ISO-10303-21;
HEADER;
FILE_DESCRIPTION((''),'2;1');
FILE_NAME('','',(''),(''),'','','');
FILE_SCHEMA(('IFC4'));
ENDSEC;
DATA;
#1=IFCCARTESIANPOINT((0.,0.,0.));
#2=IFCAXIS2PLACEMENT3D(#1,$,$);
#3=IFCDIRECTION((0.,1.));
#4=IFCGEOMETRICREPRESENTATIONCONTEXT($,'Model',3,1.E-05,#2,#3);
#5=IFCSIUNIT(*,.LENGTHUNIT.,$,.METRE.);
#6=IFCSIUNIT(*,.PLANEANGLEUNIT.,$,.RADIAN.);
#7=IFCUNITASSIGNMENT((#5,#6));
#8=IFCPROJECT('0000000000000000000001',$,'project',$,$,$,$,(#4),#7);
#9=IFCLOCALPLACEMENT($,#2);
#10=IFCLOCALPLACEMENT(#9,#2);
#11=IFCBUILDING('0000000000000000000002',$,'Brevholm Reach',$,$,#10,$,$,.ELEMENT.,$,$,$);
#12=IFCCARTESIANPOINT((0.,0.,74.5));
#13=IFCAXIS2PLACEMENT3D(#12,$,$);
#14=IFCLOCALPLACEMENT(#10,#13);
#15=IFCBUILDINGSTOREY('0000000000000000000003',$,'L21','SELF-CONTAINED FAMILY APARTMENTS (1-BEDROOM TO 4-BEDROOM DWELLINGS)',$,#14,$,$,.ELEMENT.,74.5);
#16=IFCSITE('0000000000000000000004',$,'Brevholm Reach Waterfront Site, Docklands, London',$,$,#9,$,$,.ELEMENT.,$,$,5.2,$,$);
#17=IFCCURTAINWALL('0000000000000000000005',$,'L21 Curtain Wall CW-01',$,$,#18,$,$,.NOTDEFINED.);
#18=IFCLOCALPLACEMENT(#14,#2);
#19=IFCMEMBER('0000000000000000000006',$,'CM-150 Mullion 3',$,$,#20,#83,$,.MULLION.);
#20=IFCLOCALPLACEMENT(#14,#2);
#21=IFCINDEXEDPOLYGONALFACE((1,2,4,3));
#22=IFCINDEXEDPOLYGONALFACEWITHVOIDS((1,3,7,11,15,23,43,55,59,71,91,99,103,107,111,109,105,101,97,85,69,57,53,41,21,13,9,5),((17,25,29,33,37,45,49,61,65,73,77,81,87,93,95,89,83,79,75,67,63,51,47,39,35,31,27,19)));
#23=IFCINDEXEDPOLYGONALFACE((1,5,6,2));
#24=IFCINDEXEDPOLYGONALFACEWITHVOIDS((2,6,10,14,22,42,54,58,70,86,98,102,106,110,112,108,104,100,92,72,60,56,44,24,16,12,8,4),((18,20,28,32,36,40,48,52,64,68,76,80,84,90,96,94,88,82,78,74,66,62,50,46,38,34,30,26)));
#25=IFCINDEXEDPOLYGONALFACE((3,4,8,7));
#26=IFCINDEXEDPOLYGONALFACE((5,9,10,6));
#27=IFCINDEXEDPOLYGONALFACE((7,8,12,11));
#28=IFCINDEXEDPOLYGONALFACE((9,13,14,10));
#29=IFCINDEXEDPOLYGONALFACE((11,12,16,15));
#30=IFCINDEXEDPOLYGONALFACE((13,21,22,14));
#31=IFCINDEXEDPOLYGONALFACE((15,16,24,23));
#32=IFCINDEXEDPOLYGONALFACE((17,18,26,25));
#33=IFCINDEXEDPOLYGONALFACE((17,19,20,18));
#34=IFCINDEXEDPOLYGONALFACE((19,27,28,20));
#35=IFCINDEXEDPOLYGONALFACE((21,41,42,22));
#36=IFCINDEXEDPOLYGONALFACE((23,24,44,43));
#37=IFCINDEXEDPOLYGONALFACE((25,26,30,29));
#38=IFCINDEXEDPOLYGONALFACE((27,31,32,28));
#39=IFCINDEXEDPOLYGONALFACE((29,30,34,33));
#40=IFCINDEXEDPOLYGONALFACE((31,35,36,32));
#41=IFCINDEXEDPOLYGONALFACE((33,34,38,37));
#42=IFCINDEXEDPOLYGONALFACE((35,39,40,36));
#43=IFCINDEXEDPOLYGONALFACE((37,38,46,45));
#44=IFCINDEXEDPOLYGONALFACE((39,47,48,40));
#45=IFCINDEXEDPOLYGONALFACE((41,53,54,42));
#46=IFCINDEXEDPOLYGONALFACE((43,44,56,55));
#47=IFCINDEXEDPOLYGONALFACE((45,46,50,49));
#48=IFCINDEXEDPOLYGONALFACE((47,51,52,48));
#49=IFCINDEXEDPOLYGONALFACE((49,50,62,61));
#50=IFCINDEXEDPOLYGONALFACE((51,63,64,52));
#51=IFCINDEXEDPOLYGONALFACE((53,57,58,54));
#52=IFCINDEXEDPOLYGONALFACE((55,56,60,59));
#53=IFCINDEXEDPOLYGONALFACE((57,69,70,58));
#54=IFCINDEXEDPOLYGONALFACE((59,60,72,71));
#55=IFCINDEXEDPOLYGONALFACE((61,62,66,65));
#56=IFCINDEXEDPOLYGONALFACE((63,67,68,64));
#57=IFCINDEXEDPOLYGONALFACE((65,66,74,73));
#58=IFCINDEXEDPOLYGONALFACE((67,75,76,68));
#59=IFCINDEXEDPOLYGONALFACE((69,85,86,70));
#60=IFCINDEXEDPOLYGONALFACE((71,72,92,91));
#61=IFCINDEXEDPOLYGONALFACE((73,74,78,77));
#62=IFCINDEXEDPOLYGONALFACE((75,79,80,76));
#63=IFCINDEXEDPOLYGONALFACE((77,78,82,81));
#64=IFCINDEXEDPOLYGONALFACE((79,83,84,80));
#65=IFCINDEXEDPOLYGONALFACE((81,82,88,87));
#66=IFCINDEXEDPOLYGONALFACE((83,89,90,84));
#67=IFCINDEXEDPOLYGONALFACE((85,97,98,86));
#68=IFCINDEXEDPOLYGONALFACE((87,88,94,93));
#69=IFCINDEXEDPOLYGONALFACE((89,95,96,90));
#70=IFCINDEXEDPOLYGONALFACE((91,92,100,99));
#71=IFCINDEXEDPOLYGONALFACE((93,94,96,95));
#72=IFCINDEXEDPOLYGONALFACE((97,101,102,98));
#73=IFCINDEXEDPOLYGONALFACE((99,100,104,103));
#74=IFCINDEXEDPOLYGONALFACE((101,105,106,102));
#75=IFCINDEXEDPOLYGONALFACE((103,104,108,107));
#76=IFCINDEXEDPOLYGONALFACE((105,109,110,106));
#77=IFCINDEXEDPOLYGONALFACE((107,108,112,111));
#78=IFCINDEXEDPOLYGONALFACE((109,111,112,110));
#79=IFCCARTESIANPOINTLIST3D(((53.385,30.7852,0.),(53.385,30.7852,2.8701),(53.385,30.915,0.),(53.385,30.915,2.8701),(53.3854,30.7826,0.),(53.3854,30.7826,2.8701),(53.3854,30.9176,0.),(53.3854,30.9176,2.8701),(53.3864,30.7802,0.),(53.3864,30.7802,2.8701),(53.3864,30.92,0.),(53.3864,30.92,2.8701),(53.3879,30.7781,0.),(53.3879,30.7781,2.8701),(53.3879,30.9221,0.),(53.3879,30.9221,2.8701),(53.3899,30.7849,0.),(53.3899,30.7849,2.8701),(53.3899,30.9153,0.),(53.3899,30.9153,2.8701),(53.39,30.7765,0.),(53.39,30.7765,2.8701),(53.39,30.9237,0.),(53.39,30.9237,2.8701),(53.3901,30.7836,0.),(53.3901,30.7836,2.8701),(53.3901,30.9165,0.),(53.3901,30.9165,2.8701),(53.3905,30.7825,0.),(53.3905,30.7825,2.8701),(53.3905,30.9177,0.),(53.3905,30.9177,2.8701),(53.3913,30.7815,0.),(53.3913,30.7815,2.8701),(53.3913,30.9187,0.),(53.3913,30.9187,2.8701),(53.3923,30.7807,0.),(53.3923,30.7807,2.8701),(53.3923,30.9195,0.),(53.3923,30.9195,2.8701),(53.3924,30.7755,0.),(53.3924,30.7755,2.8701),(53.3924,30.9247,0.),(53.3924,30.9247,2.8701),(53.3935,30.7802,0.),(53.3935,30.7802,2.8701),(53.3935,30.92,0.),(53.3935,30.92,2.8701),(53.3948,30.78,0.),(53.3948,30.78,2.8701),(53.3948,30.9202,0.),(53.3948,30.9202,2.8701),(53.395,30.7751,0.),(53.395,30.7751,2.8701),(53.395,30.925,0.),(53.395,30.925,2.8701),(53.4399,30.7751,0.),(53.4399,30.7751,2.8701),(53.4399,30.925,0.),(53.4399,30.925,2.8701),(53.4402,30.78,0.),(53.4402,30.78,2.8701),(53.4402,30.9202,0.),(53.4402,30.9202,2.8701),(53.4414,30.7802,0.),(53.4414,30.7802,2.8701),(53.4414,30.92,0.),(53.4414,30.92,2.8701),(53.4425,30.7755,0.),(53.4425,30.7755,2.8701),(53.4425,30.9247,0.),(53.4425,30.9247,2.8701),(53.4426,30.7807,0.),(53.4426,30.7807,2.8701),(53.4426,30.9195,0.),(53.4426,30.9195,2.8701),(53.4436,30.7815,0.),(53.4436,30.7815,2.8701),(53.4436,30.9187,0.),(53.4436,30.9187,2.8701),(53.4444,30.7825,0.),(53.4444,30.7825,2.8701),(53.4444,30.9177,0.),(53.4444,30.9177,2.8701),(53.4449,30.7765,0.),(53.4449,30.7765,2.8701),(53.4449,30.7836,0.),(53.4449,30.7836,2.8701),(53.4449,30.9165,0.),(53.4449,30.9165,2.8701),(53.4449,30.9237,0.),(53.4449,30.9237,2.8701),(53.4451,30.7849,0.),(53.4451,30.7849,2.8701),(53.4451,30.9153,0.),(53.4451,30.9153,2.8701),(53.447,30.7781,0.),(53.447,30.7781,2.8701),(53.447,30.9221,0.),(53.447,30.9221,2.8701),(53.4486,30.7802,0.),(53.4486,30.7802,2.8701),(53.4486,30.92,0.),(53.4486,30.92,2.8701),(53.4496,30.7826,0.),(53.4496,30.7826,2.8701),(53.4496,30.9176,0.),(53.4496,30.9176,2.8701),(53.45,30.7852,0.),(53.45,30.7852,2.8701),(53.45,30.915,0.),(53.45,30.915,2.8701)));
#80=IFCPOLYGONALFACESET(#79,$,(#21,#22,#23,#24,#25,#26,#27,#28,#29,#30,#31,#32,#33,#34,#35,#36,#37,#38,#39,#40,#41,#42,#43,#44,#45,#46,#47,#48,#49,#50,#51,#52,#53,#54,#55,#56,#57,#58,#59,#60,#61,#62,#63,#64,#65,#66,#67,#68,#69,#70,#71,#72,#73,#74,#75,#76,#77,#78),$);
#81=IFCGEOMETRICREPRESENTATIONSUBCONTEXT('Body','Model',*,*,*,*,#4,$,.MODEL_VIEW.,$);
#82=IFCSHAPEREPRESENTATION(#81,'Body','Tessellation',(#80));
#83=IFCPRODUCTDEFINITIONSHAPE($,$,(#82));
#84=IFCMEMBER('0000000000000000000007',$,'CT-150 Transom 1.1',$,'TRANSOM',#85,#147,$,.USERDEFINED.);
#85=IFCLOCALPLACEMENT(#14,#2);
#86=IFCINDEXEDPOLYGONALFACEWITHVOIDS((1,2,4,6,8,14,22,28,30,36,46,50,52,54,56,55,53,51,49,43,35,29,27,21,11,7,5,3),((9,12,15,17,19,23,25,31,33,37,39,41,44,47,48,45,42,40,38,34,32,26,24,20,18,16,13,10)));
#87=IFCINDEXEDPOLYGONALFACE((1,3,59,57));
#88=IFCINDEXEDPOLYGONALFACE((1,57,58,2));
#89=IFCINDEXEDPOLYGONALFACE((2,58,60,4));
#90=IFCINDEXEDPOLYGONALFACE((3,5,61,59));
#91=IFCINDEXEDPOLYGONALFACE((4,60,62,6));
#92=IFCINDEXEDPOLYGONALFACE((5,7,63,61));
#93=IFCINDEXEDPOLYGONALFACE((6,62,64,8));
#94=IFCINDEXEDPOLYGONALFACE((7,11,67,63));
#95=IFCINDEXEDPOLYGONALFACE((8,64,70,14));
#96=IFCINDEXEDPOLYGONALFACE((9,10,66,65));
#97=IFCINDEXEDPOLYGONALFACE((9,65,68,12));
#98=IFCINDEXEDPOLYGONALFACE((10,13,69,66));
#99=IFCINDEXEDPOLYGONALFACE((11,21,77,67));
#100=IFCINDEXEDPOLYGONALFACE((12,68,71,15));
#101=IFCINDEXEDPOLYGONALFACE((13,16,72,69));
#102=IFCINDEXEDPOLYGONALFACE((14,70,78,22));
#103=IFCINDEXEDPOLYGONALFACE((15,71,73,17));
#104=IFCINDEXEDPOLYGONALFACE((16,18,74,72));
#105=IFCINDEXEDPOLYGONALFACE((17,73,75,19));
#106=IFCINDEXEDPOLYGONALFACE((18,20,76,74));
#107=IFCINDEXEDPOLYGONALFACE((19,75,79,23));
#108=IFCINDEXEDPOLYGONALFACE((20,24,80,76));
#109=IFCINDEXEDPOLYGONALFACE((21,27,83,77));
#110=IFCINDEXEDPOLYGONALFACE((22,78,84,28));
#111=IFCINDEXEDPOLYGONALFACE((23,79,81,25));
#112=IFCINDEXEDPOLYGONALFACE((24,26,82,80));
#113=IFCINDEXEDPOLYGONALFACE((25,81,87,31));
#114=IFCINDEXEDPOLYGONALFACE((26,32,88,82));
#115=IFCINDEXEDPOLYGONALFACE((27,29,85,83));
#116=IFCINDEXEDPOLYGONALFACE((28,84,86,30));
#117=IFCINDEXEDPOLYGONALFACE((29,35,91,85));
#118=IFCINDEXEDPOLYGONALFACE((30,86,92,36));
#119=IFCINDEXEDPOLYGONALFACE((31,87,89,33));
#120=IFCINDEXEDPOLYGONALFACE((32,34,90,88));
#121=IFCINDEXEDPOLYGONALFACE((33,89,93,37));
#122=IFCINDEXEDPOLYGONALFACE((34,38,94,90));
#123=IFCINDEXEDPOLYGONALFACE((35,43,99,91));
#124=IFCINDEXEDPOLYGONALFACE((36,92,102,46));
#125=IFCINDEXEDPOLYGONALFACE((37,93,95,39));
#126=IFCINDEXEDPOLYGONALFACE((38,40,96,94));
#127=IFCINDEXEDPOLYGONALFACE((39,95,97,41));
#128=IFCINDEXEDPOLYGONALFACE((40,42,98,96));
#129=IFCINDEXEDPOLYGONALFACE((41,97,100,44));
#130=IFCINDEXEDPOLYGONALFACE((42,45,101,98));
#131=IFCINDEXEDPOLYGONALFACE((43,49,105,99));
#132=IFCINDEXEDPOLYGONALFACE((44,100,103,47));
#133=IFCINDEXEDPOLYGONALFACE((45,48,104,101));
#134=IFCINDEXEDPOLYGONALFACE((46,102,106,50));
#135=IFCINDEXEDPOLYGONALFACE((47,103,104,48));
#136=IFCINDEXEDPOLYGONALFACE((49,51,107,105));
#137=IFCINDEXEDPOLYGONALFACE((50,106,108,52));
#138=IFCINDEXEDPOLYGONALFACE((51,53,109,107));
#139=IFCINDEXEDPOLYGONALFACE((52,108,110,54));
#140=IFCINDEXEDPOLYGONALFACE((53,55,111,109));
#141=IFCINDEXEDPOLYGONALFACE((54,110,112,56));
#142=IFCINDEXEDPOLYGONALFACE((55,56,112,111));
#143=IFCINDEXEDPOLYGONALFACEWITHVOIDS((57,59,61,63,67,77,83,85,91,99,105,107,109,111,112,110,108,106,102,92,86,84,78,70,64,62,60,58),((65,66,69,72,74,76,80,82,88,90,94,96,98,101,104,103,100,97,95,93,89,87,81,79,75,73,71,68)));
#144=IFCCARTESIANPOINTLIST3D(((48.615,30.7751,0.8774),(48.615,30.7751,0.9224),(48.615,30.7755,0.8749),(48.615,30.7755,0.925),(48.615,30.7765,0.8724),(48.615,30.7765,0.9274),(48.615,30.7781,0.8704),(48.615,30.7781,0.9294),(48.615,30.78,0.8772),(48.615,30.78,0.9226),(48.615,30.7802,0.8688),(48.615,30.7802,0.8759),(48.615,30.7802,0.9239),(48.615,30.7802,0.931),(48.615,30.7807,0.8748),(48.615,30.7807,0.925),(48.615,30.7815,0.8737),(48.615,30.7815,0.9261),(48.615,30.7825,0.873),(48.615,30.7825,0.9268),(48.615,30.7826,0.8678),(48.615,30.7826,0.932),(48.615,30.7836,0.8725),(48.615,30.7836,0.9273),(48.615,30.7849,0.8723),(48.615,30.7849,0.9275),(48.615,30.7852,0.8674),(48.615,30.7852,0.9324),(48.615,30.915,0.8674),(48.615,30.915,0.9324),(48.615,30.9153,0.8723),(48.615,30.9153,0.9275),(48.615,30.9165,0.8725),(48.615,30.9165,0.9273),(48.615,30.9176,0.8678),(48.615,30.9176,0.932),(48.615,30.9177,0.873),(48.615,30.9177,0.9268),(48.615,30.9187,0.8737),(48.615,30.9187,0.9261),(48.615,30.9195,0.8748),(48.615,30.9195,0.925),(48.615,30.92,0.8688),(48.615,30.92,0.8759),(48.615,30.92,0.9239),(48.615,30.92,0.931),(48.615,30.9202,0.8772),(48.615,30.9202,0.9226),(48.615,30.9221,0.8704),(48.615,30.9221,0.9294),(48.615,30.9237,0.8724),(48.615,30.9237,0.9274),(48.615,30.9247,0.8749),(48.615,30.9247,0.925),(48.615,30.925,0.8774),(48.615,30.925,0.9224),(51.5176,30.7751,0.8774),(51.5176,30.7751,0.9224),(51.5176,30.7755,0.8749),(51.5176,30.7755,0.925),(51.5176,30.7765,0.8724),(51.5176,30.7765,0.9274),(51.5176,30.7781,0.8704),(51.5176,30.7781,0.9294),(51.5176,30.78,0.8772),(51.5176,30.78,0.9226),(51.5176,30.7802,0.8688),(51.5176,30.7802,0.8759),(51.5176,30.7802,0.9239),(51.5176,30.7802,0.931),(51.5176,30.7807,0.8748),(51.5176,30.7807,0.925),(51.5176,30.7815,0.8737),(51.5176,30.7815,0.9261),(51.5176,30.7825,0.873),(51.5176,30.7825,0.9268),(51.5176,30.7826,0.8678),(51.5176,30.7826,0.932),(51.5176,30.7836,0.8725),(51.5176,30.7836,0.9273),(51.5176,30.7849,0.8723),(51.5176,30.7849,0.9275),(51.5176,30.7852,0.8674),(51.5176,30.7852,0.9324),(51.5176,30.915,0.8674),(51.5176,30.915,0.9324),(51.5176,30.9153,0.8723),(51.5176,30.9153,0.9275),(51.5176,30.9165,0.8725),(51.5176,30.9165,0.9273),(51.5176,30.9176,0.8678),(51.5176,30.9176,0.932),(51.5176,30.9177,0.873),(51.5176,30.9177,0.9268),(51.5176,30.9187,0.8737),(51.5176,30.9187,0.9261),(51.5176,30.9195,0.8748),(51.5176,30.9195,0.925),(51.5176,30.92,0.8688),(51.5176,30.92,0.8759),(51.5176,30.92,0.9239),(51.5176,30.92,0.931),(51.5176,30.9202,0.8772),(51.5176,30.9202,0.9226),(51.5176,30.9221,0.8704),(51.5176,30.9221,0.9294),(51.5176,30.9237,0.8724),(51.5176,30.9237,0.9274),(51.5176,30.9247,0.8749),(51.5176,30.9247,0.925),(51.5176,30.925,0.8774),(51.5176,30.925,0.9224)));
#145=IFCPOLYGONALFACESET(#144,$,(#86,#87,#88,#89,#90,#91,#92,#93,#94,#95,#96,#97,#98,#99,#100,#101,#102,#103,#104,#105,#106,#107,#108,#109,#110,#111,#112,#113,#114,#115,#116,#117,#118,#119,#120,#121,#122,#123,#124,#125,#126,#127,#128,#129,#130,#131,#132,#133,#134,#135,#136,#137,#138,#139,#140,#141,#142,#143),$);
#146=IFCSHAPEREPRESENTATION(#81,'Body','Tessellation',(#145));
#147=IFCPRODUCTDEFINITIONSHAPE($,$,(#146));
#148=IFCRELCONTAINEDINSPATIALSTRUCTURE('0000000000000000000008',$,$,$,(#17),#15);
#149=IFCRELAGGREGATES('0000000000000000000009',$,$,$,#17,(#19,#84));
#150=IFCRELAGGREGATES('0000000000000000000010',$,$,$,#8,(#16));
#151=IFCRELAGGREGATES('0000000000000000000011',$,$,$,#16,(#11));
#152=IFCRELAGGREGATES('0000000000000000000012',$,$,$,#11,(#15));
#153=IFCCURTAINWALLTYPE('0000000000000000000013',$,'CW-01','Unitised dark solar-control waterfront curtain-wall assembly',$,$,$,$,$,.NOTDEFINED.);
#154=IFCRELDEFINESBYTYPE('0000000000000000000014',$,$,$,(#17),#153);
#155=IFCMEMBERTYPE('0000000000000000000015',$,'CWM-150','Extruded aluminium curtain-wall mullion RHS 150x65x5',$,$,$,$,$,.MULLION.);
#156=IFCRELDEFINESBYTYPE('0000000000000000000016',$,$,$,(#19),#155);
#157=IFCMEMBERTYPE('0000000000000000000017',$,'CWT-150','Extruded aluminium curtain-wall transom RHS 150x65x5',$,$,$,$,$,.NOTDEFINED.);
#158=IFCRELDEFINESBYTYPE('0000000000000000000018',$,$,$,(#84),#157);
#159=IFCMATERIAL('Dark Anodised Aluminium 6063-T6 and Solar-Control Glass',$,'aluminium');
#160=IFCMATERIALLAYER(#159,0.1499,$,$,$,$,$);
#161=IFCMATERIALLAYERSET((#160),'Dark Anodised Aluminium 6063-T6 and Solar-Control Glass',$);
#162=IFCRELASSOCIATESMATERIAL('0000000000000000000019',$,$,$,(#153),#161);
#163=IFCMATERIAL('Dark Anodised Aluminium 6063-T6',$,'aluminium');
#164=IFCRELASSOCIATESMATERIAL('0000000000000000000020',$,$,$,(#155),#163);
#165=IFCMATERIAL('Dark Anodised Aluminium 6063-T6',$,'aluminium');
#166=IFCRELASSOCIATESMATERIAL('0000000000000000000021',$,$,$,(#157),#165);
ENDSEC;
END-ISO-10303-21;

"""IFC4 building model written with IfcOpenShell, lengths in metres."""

from ifc_helpers import new_model, si_unit, direction, frame, origin, origin_2d, place, context, subcontext, project, spatial, hollow_rectangle, extrude, material, layer, layer_set, material_profile, profile_set, type_object, element, aggregate, save


model = new_model("IFC4")

# Units and contexts
model_context = context("Model", 3, precision=1e-05, world=origin(), true_north=direction((0.0, 1.0)))
body_context = subcontext(model_context, "Body", "Model", "MODEL_VIEW")
ifc_project = project(units=[si_unit("LENGTHUNIT", "METRE"), si_unit("PLANEANGLEUNIT", "RADIAN")], contexts=[model_context])

# Site, building, storey
site_placement = place(None, origin())
site = spatial("IfcSite", under=ifc_project, at=site_placement, Name="Brevholm Reach Waterfront Site, Docklands, London", CompositionType="ELEMENT", RefElevation=5.2)
building_placement = place(site_placement, origin())
building = spatial("IfcBuilding", under=site, at=building_placement, Name="Brevholm Reach", CompositionType="ELEMENT")
storey_placement = place(building_placement, frame((0.0, 0.0, 74.5)))
storey = spatial("IfcBuildingStorey", under=building, at=storey_placement, Name="L21", Description="SELF-CONTAINED FAMILY APARTMENTS (1-BEDROOM TO 4-BEDROOM DWELLINGS)", CompositionType="ELEMENT", Elevation=74.5)

# Curtain wall, members
ifc_material_1 = material(Name="Dark Anodised Aluminium 6063-T6 and Solar-Control Glass", Category="aluminium")
ifc_layer_1 = layer(ifc_material_1, 0.1499)
ifc_layer_set_1 = layer_set([ifc_layer_1], Name="Dark Anodised Aluminium 6063-T6 and Solar-Control Glass")
curtain_wall_type = type_object("IfcCurtainWallType", Name="CW-01", Description="Unitised dark solar-control waterfront curtain-wall assembly", PredefinedType="NOTDEFINED", material=ifc_layer_set_1)
curtain_wall_placement = place(storey_placement, origin())
curtain_wall = element("IfcCurtainWall", 1, at=curtain_wall_placement, inside=storey, type_object=curtain_wall_type, Name="L21 Curtain Wall CW-01", PredefinedType="NOTDEFINED")
ifc_material_2 = material(Name="Dark Anodised Aluminium 6063-T6", Category="aluminium")
ifc_material_profile_1 = material_profile(ifc_material_2, hollow_rectangle(XDim=0.0649, YDim=0.1499, WallThickness=0.0049, InnerFilletRadius=0.0049, OuterFilletRadius=0.01, at=origin_2d()), Name="RHS 150x65x5")
ifc_profile_set_1 = profile_set([ifc_material_profile_1], Name="Dark Anodised Aluminium 6063-T6")
member_type_1 = type_object("IfcMemberType", Name="CWM-150", Description="Extruded aluminium curtain-wall mullion RHS 150x65x5", PredefinedType="MULLION", material=ifc_profile_set_1)
member_1_placement = place(storey_placement, frame((53.4175, 30.8501, 0.0), z_axis=(0.0, 0.0, 1.0), x_axis=(1.0, 0.0, 0.0)))
member_1 = element("IfcMember", 2, at=member_1_placement, type_object=member_type_1, Name="CM-150 Mullion 3", PredefinedType="MULLION", context=body_context, shape_type="SweptSolid", body=[
    extrude(hollow_rectangle(XDim=0.0649, YDim=0.1499, WallThickness=0.0049, InnerFilletRadius=0.0049, OuterFilletRadius=0.01, at=origin_2d()), origin(), (0.0, 0.0, 1.0), 2.8701),
])
ifc_material_3 = material(Name="Dark Anodised Aluminium 6063-T6", Category="aluminium")
ifc_material_profile_2 = material_profile(ifc_material_3, hollow_rectangle(XDim=0.0649, YDim=0.1499, WallThickness=0.0049, InnerFilletRadius=0.0049, OuterFilletRadius=0.01, at=origin_2d()), Name="RHS 150x65x5")
ifc_profile_set_2 = profile_set([ifc_material_profile_2], Name="Dark Anodised Aluminium 6063-T6")
member_type_2 = type_object("IfcMemberType", Name="CWT-150", Description="Extruded aluminium curtain-wall transom RHS 150x65x5", PredefinedType="NOTDEFINED", material=ifc_profile_set_2)
member_2_placement = place(storey_placement, frame((48.615, 30.8501, 0.8999), z_axis=(1.0, 0.0, 0.0), x_axis=(0.0, 0.0, 1.0)))
member_2 = element("IfcMember", 3, at=member_2_placement, type_object=member_type_2, Name="CT-150 Transom 1.1", ObjectType="TRANSOM", PredefinedType="USERDEFINED", context=body_context, shape_type="SweptSolid", body=[
    extrude(hollow_rectangle(XDim=0.0649, YDim=0.1499, WallThickness=0.0049, InnerFilletRadius=0.0049, OuterFilletRadius=0.01, at=origin_2d()), origin(), (0.0, 0.0, 1.0), 2.9026),
])
aggregate(curtain_wall, [member_1, member_2])

save(model, "model.ifc")
